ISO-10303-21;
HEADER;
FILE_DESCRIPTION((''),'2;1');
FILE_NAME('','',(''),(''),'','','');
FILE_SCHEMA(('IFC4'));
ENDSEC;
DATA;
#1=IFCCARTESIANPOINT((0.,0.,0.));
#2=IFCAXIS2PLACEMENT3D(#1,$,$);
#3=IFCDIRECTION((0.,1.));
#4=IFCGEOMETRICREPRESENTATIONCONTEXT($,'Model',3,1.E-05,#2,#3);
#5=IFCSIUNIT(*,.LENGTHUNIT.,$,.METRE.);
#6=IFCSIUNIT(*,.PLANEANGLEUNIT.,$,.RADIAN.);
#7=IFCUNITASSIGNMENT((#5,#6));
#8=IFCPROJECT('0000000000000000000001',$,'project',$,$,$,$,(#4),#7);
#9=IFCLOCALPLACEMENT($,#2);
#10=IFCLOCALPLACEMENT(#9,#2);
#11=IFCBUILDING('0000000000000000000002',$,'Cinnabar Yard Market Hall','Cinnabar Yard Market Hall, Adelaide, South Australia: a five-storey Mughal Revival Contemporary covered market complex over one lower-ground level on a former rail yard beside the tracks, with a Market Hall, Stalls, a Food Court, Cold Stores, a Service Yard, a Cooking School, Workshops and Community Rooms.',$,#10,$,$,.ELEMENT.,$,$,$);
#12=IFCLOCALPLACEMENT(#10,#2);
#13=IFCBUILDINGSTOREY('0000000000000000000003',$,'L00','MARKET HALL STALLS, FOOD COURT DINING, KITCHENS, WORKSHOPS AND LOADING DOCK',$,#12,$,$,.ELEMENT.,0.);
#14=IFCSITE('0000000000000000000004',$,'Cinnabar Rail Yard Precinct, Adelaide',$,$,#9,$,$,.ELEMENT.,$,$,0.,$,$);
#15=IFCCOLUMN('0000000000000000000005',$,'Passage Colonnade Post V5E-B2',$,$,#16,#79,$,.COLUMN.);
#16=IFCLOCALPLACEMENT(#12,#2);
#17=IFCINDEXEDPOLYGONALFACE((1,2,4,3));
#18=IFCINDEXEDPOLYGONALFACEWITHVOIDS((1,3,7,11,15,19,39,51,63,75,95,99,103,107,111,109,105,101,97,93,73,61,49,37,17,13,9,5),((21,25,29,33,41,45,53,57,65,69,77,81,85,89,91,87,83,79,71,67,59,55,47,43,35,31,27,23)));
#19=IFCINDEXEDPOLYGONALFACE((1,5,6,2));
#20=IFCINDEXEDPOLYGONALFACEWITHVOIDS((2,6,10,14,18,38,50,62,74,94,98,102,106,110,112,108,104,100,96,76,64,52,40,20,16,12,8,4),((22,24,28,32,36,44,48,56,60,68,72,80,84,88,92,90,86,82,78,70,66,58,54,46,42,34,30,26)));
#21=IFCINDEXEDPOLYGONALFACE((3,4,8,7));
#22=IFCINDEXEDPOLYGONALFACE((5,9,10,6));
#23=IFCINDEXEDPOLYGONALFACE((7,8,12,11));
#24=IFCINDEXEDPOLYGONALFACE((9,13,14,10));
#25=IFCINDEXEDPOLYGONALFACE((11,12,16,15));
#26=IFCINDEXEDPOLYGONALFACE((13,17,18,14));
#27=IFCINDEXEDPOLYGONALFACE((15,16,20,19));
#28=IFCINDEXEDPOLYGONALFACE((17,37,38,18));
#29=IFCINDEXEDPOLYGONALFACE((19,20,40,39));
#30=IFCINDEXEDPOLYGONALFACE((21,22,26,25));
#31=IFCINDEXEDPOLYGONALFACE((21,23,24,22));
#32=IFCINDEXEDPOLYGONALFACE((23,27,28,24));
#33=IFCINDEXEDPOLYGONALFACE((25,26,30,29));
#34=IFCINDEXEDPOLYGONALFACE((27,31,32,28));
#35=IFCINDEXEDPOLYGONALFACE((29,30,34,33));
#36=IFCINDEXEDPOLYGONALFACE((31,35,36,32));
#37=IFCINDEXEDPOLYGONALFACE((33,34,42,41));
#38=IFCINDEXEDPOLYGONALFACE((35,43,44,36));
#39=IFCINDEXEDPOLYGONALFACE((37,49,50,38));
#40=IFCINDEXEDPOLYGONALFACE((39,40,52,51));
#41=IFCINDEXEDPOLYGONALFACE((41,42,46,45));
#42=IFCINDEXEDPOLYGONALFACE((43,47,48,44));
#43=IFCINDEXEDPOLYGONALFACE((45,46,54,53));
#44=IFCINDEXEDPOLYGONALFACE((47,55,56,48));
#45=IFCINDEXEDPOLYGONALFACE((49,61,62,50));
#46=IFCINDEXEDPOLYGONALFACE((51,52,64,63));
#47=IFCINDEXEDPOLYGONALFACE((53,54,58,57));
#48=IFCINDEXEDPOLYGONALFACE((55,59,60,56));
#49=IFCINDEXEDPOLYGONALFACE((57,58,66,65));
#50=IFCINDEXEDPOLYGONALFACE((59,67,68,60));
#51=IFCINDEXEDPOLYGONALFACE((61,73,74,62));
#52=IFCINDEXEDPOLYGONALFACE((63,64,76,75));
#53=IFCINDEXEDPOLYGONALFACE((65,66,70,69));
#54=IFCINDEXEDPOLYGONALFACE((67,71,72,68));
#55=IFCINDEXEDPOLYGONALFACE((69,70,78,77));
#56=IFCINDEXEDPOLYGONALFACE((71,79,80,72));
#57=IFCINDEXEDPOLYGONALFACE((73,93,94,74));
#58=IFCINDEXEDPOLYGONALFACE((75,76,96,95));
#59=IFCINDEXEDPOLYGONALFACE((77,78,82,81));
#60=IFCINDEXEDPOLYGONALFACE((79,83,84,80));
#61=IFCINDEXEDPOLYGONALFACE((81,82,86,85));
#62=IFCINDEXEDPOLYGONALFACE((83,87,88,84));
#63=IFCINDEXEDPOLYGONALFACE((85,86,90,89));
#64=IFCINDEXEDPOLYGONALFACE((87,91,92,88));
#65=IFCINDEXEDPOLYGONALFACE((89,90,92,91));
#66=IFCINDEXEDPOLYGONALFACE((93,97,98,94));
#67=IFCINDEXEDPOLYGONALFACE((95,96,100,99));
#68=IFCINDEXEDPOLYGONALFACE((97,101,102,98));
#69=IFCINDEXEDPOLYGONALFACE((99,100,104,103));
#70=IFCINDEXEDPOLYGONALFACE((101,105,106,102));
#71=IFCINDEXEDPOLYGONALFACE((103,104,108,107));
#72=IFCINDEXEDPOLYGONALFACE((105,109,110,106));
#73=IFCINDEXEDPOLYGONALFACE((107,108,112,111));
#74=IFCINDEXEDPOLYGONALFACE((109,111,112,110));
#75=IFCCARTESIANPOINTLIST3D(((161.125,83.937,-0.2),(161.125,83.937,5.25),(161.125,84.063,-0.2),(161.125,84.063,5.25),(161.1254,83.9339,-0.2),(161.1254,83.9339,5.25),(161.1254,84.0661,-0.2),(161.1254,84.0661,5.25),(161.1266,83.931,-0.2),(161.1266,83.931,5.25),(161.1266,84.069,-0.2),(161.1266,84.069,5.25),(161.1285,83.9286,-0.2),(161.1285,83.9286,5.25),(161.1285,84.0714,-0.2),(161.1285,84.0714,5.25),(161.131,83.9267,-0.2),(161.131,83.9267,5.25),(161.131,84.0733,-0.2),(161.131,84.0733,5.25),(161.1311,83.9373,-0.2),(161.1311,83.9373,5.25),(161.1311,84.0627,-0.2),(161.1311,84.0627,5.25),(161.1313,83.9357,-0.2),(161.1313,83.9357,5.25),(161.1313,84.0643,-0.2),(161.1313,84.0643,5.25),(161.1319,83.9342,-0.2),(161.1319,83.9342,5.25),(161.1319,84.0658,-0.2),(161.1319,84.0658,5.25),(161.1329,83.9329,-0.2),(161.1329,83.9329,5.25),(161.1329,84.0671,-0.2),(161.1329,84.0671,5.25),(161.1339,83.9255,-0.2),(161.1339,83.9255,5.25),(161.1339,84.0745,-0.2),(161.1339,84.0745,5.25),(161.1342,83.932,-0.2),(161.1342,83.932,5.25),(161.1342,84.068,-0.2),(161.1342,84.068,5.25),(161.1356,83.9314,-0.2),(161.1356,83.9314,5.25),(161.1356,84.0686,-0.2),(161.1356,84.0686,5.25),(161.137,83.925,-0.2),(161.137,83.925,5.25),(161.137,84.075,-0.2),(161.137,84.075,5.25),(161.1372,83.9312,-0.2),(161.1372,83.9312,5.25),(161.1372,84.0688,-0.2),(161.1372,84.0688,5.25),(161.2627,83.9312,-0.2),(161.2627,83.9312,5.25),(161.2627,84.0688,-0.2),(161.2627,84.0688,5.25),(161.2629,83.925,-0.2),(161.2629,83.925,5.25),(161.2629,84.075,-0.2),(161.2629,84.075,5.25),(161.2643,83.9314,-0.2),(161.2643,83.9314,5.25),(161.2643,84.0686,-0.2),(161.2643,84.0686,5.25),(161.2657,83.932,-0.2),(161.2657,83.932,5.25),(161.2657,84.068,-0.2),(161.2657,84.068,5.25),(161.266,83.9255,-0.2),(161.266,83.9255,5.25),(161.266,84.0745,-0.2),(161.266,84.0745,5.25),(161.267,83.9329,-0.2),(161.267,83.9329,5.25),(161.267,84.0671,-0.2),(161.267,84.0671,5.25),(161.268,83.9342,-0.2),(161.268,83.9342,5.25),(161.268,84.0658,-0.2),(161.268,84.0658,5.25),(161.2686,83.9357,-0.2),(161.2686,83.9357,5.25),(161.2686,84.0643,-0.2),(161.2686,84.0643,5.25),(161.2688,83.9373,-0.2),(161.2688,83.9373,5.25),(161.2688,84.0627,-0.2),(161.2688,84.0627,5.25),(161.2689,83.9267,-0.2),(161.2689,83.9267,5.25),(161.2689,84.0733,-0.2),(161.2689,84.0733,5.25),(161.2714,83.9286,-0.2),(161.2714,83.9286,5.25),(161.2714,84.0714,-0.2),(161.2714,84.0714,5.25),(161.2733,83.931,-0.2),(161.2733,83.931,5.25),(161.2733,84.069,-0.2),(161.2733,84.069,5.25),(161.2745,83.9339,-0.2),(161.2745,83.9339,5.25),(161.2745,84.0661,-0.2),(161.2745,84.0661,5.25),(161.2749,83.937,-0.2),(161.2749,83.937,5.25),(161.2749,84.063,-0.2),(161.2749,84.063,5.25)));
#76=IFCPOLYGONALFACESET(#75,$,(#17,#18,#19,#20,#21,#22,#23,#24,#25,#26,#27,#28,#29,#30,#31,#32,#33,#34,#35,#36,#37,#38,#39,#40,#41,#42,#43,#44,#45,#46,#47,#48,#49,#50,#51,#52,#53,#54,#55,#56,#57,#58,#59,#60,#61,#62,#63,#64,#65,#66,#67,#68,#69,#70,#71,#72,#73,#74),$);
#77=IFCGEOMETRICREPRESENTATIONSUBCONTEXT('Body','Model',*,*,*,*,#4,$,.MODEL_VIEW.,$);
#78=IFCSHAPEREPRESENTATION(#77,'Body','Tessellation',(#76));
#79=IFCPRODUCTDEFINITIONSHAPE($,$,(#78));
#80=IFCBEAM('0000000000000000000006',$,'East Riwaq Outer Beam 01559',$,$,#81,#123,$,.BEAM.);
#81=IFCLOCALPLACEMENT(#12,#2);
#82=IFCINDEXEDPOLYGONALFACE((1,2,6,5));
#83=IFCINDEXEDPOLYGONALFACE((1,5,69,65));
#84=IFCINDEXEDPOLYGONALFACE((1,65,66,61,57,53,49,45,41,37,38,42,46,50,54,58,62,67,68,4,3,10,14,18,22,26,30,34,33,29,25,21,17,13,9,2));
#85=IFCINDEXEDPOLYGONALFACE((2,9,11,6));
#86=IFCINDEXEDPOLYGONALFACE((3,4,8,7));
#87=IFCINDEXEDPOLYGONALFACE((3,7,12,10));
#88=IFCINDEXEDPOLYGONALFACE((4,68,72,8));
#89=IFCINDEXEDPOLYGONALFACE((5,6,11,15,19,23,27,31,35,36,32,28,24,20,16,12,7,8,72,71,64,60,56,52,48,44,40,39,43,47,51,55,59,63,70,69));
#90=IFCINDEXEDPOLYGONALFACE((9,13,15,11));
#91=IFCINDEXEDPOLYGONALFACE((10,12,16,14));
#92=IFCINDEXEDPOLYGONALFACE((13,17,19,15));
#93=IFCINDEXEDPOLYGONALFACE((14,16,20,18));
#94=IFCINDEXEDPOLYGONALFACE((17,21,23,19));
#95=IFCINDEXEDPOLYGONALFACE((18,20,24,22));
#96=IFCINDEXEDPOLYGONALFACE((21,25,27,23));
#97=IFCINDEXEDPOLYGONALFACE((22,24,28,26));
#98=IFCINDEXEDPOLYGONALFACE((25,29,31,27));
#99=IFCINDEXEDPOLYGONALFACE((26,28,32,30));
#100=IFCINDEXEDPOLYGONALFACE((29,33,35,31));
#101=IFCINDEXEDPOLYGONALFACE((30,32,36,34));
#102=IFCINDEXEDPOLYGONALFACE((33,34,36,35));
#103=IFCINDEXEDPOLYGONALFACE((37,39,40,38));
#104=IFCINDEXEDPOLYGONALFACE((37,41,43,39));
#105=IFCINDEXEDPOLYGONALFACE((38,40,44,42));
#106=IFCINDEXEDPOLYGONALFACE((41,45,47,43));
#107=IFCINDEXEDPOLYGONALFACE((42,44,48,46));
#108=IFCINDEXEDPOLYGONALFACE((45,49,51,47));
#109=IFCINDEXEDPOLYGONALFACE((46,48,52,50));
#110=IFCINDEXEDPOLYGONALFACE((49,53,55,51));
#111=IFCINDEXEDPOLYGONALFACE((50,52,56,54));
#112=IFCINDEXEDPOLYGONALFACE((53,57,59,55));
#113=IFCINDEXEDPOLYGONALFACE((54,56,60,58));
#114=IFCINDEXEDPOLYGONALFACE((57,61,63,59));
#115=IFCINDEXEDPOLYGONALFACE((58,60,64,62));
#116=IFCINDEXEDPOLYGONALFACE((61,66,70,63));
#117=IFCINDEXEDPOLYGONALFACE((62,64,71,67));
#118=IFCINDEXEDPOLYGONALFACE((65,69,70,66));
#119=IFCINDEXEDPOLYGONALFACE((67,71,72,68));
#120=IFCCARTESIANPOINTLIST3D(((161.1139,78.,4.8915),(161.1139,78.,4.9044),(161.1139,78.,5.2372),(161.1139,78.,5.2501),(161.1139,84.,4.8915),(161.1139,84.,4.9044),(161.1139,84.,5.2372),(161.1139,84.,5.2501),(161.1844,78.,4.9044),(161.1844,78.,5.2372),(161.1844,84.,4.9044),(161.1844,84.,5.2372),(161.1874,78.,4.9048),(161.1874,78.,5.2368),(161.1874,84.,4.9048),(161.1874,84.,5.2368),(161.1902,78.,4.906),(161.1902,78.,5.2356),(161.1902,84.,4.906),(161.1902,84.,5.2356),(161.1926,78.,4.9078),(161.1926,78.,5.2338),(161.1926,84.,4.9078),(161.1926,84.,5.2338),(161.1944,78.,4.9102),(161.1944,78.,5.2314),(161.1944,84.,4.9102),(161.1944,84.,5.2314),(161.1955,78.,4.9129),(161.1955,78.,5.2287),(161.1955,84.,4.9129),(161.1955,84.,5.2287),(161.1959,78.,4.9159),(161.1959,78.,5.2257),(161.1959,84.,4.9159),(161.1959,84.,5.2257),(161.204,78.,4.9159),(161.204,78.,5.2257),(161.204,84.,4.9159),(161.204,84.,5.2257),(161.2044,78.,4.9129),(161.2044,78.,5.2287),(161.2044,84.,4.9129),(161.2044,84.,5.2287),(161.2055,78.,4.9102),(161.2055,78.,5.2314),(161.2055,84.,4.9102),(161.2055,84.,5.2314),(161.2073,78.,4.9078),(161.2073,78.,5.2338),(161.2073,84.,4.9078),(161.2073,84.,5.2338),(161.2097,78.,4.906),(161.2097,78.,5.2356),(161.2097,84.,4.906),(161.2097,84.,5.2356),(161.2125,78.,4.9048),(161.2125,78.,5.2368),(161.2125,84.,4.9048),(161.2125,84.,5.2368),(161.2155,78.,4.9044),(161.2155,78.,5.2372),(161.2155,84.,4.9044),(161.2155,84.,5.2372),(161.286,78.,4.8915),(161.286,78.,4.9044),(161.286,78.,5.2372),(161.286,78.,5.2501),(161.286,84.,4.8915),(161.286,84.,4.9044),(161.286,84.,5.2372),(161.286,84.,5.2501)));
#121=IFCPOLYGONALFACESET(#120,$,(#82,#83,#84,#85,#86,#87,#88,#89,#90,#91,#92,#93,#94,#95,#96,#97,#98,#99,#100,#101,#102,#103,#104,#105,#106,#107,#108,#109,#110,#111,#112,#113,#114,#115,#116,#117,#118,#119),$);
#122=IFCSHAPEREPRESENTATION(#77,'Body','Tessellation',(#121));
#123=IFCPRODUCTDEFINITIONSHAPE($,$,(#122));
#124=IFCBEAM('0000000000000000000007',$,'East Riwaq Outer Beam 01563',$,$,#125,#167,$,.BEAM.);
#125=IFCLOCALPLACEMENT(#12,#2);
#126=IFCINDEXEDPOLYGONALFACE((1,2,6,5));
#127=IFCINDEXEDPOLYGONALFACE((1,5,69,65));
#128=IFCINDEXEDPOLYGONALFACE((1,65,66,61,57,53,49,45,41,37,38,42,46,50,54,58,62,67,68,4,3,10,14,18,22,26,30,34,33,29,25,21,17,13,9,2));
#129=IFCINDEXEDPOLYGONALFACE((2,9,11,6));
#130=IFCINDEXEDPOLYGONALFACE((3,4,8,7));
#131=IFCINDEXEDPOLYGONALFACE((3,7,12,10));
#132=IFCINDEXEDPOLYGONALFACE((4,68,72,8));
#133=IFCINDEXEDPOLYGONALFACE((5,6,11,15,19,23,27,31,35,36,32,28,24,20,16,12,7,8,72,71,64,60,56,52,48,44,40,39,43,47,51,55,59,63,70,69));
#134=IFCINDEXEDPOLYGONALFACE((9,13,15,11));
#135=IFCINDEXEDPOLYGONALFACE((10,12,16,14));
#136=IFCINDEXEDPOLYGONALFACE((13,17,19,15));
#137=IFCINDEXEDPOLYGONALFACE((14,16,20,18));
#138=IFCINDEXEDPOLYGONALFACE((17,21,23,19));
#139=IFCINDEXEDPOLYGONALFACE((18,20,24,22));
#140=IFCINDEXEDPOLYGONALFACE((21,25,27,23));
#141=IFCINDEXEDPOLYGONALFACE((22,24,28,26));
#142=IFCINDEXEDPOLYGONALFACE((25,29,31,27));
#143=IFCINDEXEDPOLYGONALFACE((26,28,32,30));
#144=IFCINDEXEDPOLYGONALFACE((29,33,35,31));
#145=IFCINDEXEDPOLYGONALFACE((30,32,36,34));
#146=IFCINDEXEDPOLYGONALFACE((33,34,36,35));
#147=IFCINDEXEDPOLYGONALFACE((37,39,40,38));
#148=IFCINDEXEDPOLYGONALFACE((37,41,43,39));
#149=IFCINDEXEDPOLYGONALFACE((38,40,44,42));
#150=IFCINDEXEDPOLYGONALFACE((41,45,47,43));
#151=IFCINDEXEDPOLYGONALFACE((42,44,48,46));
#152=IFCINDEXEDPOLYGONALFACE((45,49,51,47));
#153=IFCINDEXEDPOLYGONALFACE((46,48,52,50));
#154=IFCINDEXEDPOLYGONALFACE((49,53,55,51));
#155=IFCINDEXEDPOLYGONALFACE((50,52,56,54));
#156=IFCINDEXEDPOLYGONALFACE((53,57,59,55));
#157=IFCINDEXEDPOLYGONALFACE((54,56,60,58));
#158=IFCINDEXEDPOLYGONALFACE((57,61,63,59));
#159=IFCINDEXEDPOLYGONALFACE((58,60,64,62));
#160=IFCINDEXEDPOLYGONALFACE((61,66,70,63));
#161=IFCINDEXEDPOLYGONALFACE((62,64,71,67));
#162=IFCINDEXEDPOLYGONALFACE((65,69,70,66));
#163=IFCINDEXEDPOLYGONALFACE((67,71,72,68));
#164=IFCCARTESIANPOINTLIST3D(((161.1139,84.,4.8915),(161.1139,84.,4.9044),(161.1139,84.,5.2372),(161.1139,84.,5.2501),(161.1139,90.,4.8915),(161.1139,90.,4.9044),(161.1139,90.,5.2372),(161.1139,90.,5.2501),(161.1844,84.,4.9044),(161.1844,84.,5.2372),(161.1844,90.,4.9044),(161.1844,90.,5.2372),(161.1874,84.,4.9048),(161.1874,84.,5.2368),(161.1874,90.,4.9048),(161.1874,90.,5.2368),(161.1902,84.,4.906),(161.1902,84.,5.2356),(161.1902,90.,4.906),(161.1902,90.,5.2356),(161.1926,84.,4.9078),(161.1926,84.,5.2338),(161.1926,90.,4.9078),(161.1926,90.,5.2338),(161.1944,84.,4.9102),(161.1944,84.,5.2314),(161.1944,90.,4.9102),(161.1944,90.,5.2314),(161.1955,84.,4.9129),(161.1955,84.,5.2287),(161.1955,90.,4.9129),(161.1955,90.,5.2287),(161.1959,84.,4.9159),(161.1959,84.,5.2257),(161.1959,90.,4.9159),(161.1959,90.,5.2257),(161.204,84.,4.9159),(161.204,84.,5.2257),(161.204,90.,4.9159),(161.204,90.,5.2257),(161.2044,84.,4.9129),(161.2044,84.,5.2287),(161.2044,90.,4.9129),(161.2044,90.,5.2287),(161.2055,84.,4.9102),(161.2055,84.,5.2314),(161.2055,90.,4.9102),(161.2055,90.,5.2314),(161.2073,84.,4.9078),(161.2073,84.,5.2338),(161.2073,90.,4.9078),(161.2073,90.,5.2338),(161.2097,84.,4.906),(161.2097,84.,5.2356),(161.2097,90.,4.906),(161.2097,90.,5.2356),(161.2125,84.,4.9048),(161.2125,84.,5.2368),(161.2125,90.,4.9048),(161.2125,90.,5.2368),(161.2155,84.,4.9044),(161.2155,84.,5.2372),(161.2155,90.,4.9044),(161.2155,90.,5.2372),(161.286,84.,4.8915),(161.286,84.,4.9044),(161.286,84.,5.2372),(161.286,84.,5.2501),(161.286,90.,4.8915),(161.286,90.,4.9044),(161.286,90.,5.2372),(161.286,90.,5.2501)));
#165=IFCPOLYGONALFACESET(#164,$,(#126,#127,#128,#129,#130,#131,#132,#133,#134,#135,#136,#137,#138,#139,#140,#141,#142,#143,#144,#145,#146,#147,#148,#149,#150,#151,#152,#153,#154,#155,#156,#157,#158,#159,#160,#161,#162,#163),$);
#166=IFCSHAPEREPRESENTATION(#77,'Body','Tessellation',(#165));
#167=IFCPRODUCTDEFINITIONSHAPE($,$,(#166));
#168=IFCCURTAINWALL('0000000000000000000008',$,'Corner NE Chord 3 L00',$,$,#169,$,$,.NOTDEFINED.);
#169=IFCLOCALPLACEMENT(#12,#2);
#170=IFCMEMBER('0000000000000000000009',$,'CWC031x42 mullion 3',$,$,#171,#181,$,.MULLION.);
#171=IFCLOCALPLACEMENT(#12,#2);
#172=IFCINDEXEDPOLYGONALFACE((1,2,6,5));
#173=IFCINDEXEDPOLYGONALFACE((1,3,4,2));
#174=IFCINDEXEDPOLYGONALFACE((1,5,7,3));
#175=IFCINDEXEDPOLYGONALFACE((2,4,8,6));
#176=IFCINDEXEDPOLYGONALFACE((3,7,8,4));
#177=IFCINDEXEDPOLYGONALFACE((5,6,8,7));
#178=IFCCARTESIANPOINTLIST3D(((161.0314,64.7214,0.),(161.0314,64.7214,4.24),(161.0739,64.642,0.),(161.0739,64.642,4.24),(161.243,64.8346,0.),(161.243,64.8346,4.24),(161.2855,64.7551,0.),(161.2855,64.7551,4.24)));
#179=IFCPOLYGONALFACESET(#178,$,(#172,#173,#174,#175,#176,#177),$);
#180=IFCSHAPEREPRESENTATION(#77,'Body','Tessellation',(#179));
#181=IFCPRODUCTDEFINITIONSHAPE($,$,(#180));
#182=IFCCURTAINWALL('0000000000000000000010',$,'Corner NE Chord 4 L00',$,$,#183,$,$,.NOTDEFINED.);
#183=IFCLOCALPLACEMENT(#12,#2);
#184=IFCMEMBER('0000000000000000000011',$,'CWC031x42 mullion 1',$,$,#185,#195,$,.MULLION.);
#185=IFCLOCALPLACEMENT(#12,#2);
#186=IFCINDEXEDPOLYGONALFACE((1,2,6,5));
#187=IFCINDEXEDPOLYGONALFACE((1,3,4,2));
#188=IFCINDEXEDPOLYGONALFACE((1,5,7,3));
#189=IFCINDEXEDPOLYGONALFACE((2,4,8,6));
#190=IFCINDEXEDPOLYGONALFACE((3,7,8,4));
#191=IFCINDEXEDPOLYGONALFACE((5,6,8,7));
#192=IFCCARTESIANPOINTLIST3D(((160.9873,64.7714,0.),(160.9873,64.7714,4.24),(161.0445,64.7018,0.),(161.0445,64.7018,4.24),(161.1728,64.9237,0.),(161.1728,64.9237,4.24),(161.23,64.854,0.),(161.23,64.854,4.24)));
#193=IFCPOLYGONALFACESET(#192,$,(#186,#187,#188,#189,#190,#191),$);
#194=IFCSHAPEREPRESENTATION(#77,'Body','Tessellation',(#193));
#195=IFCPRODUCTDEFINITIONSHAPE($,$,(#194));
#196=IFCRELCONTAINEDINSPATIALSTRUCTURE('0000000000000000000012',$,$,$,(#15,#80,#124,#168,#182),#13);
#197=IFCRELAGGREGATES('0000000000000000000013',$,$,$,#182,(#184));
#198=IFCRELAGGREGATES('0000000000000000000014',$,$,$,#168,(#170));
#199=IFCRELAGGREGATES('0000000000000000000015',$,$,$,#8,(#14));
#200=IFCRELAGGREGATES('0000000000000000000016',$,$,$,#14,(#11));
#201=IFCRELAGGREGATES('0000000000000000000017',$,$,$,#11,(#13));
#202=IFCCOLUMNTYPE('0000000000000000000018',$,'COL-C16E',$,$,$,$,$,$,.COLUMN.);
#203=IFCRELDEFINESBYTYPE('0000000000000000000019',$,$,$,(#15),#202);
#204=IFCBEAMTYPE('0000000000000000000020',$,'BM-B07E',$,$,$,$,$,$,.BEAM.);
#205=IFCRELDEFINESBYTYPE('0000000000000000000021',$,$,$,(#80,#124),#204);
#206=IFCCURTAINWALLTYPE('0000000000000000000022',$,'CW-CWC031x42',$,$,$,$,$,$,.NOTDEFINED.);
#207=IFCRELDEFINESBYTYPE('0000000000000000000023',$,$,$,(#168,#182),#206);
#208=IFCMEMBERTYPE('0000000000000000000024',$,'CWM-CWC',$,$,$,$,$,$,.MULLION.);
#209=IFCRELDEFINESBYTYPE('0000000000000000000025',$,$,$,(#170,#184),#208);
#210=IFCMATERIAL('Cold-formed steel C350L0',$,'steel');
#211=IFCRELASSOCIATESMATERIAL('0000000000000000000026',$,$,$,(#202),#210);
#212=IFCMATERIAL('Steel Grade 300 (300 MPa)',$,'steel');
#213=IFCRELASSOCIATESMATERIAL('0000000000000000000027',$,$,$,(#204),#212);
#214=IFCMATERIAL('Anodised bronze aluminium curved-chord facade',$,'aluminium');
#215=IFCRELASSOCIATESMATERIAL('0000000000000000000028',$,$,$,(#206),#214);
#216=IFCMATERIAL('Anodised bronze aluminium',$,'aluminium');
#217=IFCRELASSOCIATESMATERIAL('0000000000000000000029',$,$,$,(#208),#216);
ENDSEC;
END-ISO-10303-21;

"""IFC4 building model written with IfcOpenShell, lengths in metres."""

from ifc_helpers import new_model, si_unit, direction, frame, origin, origin_2d_with_axis, place, context, subcontext, project, spatial, rectangle, hollow_rectangle, i_section, extrude, material, material_profile, profile_set, type_object, element, aggregate, save


model = new_model("IFC4")

# Units and contexts
model_context = context("Model", 3, precision=1e-05, world=origin(), true_north=direction((0.0, 1.0)))
body_context = subcontext(model_context, "Body", "Model", "MODEL_VIEW")
ifc_project = project(units=[si_unit("LENGTHUNIT", "METRE"), si_unit("PLANEANGLEUNIT", "RADIAN")], contexts=[model_context])

# Site, building, storey
site_placement = place(None, origin())
site = spatial("IfcSite", under=ifc_project, at=site_placement, Name="Cinnabar Rail Yard Precinct, Adelaide", CompositionType="ELEMENT", RefElevation=0.0)
building_placement = place(site_placement, origin())
building = spatial("IfcBuilding", under=site, at=building_placement, Name="Cinnabar Yard Market Hall", Description="Cinnabar Yard Market Hall, Adelaide, South Australia: a five-storey Mughal Revival Contemporary covered market complex over one lower-ground level on a former rail yard beside the tracks, with a Market Hall, Stalls, a Food Court, Cold Stores, a Service Yard, a Cooking School, Workshops and Community Rooms.", CompositionType="ELEMENT")
storey_placement = place(building_placement, origin())
storey = spatial("IfcBuildingStorey", under=building, at=storey_placement, Name="L00", Description="MARKET HALL STALLS, FOOD COURT DINING, KITCHENS, WORKSHOPS AND LOADING DOCK", CompositionType="ELEMENT", Elevation=0.0)

# Column
ifc_material_1 = material(Name="Cold-formed steel C350L0", Category="steel")
ifc_material_profile_1 = material_profile(ifc_material_1, hollow_rectangle(XDim=0.1499, YDim=0.1499, WallThickness=0.0061, InnerFilletRadius=0.0061, OuterFilletRadius=0.012, at=origin_2d_with_axis()), Name="150x150x6.0SHS")
ifc_profile_set_1 = profile_set([ifc_material_profile_1], Name="Cold-formed steel C350L0")
column_type_1 = type_object("IfcColumnType", Name="COL-C16E", PredefinedType="COLUMN", material=ifc_profile_set_1)
for number, where, z_axis, x_axis, name in (
    (1, (161.2, 84.0, -0.2), (0.0, 0.0, 1.0), (1.0, 0.0, 0.0), "Passage Colonnade Post V5E-B2"),
):
    element("IfcColumn", number, at=place(storey_placement, frame(where, z_axis=z_axis, x_axis=x_axis)), inside=storey, type_object=column_type_1, Name=name, PredefinedType="COLUMN", context=body_context, shape_type="SweptSolid", body=[
        extrude(hollow_rectangle(XDim=0.1499, YDim=0.1499, WallThickness=0.0061, InnerFilletRadius=0.0061, OuterFilletRadius=0.012, at=origin_2d_with_axis()), origin(), (0.0, 0.0, 1.0), 5.45),
    ])

# Beams
ifc_material_2 = material(Name="Steel Grade 300 (300 MPa)", Category="steel")
ifc_material_profile_2 = material_profile(ifc_material_2, i_section(OverallWidth=0.1721, OverallDepth=0.3586, WebThickness=0.0081, FlangeThickness=0.0129, FilletRadius=0.0115, at=origin_2d_with_axis()), Name="360UB56.7")
ifc_profile_set_2 = profile_set([ifc_material_profile_2], Name="Steel Grade 300 (300 MPa)")
beam_type = type_object("IfcBeamType", Name="BM-B07E", PredefinedType="BEAM", material=ifc_profile_set_2)
for number, where, z_axis, x_axis, name in (
    (2, (161.2, 78.0, 5.0708), (0.0, 1.0, 0.0), (-1.0, 0.0, 0.0), "East Riwaq Outer Beam 01559"),
    (3, (161.2, 84.0, 5.0708), (0.0, 1.0, 0.0), (-1.0, 0.0, 0.0), "East Riwaq Outer Beam 01563"),
):
    element("IfcBeam", number, at=place(storey_placement, frame(where, z_axis=z_axis, x_axis=x_axis)), inside=storey, type_object=beam_type, Name=name, PredefinedType="BEAM", context=body_context, shape_type="SweptSolid", body=[
        extrude(i_section(OverallWidth=0.1721, OverallDepth=0.3586, WebThickness=0.0081, FlangeThickness=0.0129, FilletRadius=0.0115, at=origin_2d_with_axis()), origin(), (0.0, 0.0, 1.0), 6.0),
    ])

# Curtain wall, member
ifc_material_3 = material(Name="Anodised bronze aluminium curved-chord facade", Category="aluminium")
curtain_wall_type = type_object("IfcCurtainWallType", Name="CW-CWC031x42", PredefinedType="NOTDEFINED", material=ifc_material_3)
curtain_wall_1_placement = place(storey_placement, origin())
curtain_wall_1 = element("IfcCurtainWall", 4, at=curtain_wall_1_placement, inside=storey, type_object=curtain_wall_type, Name="Corner NE Chord 3 L00", PredefinedType="NOTDEFINED")
ifc_material_4 = material(Name="Anodised bronze aluminium", Category="aluminium")
ifc_material_profile_3 = material_profile(ifc_material_4, rectangle(XDim=0.24, YDim=0.0901, at=origin_2d_with_axis()), Name="MUL-CWC")
ifc_profile_set_3 = profile_set([ifc_material_profile_3], Name="Anodised bronze aluminium")
member_type_1 = type_object("IfcMemberType", Name="CWM-CWC", PredefinedType="MULLION", material=ifc_profile_set_3)
member_1_placement = place(storey_placement, frame((161.1584, 64.7383, 0.0), z_axis=(0.0, 0.0, 1.0), x_axis=(-0.881917, -0.471404, 0.0)))
member_1 = element("IfcMember", 5, at=member_1_placement, type_object=member_type_1, Name="CWC031x42 mullion 3", PredefinedType="MULLION", context=body_context, shape_type="SweptSolid", body=[
    extrude(rectangle(XDim=0.24, YDim=0.0901, at=origin_2d_with_axis()), origin(), (0.0, 0.0, 1.0), 4.24),
])

# Curtain wall, member
curtain_wall_2_placement = place(storey_placement, origin())
curtain_wall_2 = element("IfcCurtainWall", 6, at=curtain_wall_2_placement, inside=storey, type_object=curtain_wall_type, Name="Corner NE Chord 4 L00", PredefinedType="NOTDEFINED")
member_2_placement = place(storey_placement, frame((161.1086, 64.8127, 0.0), z_axis=(0.0, 0.0, 1.0), x_axis=(-0.773019, -0.634383, 0.0)))
member_2 = element("IfcMember", 7, at=member_2_placement, type_object=member_type_1, Name="CWC031x42 mullion 1", PredefinedType="MULLION", context=body_context, shape_type="SweptSolid", body=[
    extrude(rectangle(XDim=0.24, YDim=0.0901, at=origin_2d_with_axis()), origin(), (0.0, 0.0, 1.0), 4.24),
])
aggregate(curtain_wall_2, [member_2])

aggregate(curtain_wall_1, [member_1])

save(model, "model.ifc")
